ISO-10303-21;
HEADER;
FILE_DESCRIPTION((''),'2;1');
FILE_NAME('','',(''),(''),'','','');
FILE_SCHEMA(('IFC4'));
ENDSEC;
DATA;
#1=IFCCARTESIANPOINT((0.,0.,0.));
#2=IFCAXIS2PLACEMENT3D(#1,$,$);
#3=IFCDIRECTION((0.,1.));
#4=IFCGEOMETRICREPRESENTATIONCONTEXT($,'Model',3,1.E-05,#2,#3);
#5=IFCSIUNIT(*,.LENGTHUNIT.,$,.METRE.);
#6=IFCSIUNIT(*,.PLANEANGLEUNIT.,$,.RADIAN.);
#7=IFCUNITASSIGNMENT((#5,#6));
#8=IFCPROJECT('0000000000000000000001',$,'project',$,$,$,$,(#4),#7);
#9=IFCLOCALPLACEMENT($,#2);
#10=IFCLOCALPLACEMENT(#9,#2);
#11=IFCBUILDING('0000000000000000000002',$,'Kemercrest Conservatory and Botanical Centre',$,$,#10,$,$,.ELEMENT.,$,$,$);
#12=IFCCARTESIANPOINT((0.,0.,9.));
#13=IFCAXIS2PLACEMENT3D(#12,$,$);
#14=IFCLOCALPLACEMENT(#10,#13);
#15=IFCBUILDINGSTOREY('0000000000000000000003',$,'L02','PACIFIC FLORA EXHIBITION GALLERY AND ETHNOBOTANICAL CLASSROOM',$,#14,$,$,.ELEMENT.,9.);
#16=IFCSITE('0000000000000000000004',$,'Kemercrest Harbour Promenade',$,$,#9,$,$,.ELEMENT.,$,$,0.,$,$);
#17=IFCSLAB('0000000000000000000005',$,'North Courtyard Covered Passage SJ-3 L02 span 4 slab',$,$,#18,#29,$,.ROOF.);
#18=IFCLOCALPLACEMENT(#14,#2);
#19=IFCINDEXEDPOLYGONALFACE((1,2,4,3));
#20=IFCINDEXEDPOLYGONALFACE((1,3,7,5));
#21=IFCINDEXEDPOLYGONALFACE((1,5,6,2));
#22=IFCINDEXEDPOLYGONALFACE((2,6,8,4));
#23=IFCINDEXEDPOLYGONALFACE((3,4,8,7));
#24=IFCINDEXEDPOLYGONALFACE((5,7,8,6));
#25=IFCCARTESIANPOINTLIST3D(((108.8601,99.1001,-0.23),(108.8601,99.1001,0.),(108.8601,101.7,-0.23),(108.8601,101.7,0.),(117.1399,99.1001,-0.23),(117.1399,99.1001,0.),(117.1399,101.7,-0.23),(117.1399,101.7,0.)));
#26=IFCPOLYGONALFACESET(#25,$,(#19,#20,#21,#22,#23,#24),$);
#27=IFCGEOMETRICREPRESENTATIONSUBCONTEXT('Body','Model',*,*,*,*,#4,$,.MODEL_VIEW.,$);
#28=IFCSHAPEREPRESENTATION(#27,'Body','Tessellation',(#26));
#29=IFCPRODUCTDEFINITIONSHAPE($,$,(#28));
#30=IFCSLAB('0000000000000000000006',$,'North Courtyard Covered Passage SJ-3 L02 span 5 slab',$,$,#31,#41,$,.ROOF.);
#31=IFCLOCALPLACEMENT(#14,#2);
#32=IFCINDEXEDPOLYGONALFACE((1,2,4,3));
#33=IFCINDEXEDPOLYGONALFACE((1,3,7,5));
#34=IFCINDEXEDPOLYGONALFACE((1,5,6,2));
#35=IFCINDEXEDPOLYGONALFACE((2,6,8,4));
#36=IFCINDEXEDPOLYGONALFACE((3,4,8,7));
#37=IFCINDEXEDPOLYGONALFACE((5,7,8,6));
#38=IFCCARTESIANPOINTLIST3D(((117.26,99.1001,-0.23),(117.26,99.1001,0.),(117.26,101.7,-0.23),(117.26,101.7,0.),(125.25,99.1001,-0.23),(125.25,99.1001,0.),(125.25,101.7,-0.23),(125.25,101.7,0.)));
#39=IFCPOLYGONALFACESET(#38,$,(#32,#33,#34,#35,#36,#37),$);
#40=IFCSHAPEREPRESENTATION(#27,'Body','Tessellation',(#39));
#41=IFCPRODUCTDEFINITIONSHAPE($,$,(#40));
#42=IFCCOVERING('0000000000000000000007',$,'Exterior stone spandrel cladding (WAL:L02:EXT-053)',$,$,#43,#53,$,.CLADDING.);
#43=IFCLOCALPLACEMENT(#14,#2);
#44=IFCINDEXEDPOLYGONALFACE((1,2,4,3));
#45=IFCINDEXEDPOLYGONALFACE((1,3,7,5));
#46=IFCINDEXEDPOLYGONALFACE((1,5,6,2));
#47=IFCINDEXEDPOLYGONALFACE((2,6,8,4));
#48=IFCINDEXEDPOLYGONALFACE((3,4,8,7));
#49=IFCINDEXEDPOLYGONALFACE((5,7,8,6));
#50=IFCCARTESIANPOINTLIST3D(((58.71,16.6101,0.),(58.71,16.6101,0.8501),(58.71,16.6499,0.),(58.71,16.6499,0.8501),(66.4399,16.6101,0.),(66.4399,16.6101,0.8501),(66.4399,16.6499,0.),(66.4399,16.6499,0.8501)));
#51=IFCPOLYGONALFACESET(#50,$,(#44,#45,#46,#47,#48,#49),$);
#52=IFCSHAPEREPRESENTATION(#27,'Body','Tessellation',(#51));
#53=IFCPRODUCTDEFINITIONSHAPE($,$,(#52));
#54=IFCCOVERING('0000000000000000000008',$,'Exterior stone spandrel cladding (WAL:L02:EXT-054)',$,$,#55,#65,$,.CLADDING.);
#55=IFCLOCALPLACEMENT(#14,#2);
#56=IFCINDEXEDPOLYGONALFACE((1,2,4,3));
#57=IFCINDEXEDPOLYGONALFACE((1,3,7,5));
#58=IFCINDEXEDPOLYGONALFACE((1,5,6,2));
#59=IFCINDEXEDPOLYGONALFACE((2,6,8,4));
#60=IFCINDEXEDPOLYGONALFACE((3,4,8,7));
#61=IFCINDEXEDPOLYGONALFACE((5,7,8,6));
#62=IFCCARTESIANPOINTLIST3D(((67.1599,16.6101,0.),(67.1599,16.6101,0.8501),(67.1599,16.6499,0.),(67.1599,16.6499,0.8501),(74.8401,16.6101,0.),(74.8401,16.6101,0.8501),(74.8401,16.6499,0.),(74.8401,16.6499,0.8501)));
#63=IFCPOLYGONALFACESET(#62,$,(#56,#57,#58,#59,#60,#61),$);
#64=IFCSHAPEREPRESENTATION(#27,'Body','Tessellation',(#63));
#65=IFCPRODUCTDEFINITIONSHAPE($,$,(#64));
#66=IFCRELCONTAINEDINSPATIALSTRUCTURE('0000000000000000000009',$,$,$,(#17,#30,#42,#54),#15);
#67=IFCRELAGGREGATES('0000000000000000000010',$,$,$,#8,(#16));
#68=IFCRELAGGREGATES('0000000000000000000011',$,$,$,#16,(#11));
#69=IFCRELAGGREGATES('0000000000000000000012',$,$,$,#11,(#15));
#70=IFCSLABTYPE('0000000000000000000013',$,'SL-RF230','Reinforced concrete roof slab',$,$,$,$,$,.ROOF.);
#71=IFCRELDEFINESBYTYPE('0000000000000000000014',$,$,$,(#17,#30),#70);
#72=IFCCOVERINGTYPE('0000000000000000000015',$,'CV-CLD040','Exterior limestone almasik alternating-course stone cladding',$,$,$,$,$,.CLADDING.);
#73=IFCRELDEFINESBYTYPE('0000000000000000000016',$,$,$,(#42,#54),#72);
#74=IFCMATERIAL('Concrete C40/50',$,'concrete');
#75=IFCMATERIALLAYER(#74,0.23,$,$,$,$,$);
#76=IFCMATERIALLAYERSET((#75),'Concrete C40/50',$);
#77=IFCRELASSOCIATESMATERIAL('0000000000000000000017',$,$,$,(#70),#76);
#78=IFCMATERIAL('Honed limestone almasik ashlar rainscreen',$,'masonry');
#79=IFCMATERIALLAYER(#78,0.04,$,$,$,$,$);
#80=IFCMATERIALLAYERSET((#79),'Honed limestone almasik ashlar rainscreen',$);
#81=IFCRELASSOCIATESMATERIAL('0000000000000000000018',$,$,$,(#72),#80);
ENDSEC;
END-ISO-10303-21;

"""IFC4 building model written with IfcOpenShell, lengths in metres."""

from ifc_helpers import new_model, si_unit, direction, frame, origin, place, context, subcontext, project, spatial, polyline, outline, extrude, material, layer, layer_set, type_object, element, save


model = new_model("IFC4")

# Units and contexts
model_context = context("Model", 3, precision=1e-05, world=origin(), true_north=direction((0.0, 1.0)))
body_context = subcontext(model_context, "Body", "Model", "MODEL_VIEW")
ifc_project = project(units=[si_unit("LENGTHUNIT", "METRE"), si_unit("PLANEANGLEUNIT", "RADIAN")], contexts=[model_context])

# Site, building, storey
site_placement = place(None, origin())
site = spatial("IfcSite", under=ifc_project, at=site_placement, Name="Kemercrest Harbour Promenade", CompositionType="ELEMENT", RefElevation=0.0)
building_placement = place(site_placement, origin())
building = spatial("IfcBuilding", under=site, at=building_placement, Name="Kemercrest Conservatory and Botanical Centre", CompositionType="ELEMENT")
storey_placement = place(building_placement, frame((0.0, 0.0, 9.0)))
storey = spatial("IfcBuildingStorey", under=building, at=storey_placement, Name="L02", Description="PACIFIC FLORA EXHIBITION GALLERY AND ETHNOBOTANICAL CLASSROOM", CompositionType="ELEMENT", Elevation=9.0)

# Shared definitions
ifc_material_1 = material(Name="Concrete C40/50", Category="concrete")

# Shared definitions
ifc_layer_1 = layer(ifc_material_1, 0.23)
ifc_layer_set_1 = layer_set([ifc_layer_1], Name="Concrete C40/50")
slab_type_1 = type_object("IfcSlabType", Name="SL-RF230", Description="Reinforced concrete roof slab", PredefinedType="ROOF", material=ifc_layer_set_1)

# Slabs
slab_1_placement = place(storey_placement, frame((0.0, 0.0, -0.23)))
element("IfcSlab", 1, at=slab_1_placement, inside=storey, type_object=slab_type_1, Name="North Courtyard Covered Passage SJ-3 L02 span 4 slab", PredefinedType="ROOF", context=body_context, shape_type="SweptSolid", body=[
    extrude(outline(polyline([(108.8601, 99.1001), (117.1399, 99.1001), (117.1399, 101.7), (108.8601, 101.7), (108.8601, 99.1001)])), origin(), (0.0, 0.0, 1.0), 0.23),
])
slab_2_placement = place(storey_placement, frame((0.0, 0.0, -0.23)))
element("IfcSlab", 2, at=slab_2_placement, inside=storey, type_object=slab_type_1, Name="North Courtyard Covered Passage SJ-3 L02 span 5 slab", PredefinedType="ROOF", context=body_context, shape_type="SweptSolid", body=[
    extrude(outline(polyline([(117.26, 99.1001), (125.25, 99.1001), (125.25, 101.7), (117.26, 101.7), (117.26, 99.1001)])), origin(), (0.0, 0.0, 1.0), 0.23),
])

# Coverings
ifc_material_2 = material(Name="Honed limestone almasik ashlar rainscreen", Category="masonry")
ifc_layer_2 = layer(ifc_material_2, 0.04)
ifc_layer_set_2 = layer_set([ifc_layer_2], Name="Honed limestone almasik ashlar rainscreen")
covering_type = type_object("IfcCoveringType", Name="CV-CLD040", Description="Exterior limestone almasik alternating-course stone cladding", PredefinedType="CLADDING", material=ifc_layer_set_2)
covering_1_placement = place(storey_placement, origin())
element("IfcCovering", 3, at=covering_1_placement, inside=storey, type_object=covering_type, Name="Exterior stone spandrel cladding (WAL:L02:EXT-053)", PredefinedType="CLADDING", context=body_context, shape_type="SweptSolid", body=[
    extrude(outline(polyline([(58.71, 16.6499), (58.71, 16.6101), (66.4399, 16.6101), (66.4399, 16.6499), (58.71, 16.6499)])), origin(), (0.0, 0.0, 1.0), 0.8501),
])
covering_2_placement = place(storey_placement, origin())
element("IfcCovering", 4, at=covering_2_placement, inside=storey, type_object=covering_type, Name="Exterior stone spandrel cladding (WAL:L02:EXT-054)", PredefinedType="CLADDING", context=body_context, shape_type="SweptSolid", body=[
    extrude(outline(polyline([(67.1599, 16.6499), (67.1599, 16.6101), (74.8401, 16.6101), (74.8401, 16.6499), (67.1599, 16.6499)])), origin(), (0.0, 0.0, 1.0), 0.8501),
])

save(model, "model.ifc")
